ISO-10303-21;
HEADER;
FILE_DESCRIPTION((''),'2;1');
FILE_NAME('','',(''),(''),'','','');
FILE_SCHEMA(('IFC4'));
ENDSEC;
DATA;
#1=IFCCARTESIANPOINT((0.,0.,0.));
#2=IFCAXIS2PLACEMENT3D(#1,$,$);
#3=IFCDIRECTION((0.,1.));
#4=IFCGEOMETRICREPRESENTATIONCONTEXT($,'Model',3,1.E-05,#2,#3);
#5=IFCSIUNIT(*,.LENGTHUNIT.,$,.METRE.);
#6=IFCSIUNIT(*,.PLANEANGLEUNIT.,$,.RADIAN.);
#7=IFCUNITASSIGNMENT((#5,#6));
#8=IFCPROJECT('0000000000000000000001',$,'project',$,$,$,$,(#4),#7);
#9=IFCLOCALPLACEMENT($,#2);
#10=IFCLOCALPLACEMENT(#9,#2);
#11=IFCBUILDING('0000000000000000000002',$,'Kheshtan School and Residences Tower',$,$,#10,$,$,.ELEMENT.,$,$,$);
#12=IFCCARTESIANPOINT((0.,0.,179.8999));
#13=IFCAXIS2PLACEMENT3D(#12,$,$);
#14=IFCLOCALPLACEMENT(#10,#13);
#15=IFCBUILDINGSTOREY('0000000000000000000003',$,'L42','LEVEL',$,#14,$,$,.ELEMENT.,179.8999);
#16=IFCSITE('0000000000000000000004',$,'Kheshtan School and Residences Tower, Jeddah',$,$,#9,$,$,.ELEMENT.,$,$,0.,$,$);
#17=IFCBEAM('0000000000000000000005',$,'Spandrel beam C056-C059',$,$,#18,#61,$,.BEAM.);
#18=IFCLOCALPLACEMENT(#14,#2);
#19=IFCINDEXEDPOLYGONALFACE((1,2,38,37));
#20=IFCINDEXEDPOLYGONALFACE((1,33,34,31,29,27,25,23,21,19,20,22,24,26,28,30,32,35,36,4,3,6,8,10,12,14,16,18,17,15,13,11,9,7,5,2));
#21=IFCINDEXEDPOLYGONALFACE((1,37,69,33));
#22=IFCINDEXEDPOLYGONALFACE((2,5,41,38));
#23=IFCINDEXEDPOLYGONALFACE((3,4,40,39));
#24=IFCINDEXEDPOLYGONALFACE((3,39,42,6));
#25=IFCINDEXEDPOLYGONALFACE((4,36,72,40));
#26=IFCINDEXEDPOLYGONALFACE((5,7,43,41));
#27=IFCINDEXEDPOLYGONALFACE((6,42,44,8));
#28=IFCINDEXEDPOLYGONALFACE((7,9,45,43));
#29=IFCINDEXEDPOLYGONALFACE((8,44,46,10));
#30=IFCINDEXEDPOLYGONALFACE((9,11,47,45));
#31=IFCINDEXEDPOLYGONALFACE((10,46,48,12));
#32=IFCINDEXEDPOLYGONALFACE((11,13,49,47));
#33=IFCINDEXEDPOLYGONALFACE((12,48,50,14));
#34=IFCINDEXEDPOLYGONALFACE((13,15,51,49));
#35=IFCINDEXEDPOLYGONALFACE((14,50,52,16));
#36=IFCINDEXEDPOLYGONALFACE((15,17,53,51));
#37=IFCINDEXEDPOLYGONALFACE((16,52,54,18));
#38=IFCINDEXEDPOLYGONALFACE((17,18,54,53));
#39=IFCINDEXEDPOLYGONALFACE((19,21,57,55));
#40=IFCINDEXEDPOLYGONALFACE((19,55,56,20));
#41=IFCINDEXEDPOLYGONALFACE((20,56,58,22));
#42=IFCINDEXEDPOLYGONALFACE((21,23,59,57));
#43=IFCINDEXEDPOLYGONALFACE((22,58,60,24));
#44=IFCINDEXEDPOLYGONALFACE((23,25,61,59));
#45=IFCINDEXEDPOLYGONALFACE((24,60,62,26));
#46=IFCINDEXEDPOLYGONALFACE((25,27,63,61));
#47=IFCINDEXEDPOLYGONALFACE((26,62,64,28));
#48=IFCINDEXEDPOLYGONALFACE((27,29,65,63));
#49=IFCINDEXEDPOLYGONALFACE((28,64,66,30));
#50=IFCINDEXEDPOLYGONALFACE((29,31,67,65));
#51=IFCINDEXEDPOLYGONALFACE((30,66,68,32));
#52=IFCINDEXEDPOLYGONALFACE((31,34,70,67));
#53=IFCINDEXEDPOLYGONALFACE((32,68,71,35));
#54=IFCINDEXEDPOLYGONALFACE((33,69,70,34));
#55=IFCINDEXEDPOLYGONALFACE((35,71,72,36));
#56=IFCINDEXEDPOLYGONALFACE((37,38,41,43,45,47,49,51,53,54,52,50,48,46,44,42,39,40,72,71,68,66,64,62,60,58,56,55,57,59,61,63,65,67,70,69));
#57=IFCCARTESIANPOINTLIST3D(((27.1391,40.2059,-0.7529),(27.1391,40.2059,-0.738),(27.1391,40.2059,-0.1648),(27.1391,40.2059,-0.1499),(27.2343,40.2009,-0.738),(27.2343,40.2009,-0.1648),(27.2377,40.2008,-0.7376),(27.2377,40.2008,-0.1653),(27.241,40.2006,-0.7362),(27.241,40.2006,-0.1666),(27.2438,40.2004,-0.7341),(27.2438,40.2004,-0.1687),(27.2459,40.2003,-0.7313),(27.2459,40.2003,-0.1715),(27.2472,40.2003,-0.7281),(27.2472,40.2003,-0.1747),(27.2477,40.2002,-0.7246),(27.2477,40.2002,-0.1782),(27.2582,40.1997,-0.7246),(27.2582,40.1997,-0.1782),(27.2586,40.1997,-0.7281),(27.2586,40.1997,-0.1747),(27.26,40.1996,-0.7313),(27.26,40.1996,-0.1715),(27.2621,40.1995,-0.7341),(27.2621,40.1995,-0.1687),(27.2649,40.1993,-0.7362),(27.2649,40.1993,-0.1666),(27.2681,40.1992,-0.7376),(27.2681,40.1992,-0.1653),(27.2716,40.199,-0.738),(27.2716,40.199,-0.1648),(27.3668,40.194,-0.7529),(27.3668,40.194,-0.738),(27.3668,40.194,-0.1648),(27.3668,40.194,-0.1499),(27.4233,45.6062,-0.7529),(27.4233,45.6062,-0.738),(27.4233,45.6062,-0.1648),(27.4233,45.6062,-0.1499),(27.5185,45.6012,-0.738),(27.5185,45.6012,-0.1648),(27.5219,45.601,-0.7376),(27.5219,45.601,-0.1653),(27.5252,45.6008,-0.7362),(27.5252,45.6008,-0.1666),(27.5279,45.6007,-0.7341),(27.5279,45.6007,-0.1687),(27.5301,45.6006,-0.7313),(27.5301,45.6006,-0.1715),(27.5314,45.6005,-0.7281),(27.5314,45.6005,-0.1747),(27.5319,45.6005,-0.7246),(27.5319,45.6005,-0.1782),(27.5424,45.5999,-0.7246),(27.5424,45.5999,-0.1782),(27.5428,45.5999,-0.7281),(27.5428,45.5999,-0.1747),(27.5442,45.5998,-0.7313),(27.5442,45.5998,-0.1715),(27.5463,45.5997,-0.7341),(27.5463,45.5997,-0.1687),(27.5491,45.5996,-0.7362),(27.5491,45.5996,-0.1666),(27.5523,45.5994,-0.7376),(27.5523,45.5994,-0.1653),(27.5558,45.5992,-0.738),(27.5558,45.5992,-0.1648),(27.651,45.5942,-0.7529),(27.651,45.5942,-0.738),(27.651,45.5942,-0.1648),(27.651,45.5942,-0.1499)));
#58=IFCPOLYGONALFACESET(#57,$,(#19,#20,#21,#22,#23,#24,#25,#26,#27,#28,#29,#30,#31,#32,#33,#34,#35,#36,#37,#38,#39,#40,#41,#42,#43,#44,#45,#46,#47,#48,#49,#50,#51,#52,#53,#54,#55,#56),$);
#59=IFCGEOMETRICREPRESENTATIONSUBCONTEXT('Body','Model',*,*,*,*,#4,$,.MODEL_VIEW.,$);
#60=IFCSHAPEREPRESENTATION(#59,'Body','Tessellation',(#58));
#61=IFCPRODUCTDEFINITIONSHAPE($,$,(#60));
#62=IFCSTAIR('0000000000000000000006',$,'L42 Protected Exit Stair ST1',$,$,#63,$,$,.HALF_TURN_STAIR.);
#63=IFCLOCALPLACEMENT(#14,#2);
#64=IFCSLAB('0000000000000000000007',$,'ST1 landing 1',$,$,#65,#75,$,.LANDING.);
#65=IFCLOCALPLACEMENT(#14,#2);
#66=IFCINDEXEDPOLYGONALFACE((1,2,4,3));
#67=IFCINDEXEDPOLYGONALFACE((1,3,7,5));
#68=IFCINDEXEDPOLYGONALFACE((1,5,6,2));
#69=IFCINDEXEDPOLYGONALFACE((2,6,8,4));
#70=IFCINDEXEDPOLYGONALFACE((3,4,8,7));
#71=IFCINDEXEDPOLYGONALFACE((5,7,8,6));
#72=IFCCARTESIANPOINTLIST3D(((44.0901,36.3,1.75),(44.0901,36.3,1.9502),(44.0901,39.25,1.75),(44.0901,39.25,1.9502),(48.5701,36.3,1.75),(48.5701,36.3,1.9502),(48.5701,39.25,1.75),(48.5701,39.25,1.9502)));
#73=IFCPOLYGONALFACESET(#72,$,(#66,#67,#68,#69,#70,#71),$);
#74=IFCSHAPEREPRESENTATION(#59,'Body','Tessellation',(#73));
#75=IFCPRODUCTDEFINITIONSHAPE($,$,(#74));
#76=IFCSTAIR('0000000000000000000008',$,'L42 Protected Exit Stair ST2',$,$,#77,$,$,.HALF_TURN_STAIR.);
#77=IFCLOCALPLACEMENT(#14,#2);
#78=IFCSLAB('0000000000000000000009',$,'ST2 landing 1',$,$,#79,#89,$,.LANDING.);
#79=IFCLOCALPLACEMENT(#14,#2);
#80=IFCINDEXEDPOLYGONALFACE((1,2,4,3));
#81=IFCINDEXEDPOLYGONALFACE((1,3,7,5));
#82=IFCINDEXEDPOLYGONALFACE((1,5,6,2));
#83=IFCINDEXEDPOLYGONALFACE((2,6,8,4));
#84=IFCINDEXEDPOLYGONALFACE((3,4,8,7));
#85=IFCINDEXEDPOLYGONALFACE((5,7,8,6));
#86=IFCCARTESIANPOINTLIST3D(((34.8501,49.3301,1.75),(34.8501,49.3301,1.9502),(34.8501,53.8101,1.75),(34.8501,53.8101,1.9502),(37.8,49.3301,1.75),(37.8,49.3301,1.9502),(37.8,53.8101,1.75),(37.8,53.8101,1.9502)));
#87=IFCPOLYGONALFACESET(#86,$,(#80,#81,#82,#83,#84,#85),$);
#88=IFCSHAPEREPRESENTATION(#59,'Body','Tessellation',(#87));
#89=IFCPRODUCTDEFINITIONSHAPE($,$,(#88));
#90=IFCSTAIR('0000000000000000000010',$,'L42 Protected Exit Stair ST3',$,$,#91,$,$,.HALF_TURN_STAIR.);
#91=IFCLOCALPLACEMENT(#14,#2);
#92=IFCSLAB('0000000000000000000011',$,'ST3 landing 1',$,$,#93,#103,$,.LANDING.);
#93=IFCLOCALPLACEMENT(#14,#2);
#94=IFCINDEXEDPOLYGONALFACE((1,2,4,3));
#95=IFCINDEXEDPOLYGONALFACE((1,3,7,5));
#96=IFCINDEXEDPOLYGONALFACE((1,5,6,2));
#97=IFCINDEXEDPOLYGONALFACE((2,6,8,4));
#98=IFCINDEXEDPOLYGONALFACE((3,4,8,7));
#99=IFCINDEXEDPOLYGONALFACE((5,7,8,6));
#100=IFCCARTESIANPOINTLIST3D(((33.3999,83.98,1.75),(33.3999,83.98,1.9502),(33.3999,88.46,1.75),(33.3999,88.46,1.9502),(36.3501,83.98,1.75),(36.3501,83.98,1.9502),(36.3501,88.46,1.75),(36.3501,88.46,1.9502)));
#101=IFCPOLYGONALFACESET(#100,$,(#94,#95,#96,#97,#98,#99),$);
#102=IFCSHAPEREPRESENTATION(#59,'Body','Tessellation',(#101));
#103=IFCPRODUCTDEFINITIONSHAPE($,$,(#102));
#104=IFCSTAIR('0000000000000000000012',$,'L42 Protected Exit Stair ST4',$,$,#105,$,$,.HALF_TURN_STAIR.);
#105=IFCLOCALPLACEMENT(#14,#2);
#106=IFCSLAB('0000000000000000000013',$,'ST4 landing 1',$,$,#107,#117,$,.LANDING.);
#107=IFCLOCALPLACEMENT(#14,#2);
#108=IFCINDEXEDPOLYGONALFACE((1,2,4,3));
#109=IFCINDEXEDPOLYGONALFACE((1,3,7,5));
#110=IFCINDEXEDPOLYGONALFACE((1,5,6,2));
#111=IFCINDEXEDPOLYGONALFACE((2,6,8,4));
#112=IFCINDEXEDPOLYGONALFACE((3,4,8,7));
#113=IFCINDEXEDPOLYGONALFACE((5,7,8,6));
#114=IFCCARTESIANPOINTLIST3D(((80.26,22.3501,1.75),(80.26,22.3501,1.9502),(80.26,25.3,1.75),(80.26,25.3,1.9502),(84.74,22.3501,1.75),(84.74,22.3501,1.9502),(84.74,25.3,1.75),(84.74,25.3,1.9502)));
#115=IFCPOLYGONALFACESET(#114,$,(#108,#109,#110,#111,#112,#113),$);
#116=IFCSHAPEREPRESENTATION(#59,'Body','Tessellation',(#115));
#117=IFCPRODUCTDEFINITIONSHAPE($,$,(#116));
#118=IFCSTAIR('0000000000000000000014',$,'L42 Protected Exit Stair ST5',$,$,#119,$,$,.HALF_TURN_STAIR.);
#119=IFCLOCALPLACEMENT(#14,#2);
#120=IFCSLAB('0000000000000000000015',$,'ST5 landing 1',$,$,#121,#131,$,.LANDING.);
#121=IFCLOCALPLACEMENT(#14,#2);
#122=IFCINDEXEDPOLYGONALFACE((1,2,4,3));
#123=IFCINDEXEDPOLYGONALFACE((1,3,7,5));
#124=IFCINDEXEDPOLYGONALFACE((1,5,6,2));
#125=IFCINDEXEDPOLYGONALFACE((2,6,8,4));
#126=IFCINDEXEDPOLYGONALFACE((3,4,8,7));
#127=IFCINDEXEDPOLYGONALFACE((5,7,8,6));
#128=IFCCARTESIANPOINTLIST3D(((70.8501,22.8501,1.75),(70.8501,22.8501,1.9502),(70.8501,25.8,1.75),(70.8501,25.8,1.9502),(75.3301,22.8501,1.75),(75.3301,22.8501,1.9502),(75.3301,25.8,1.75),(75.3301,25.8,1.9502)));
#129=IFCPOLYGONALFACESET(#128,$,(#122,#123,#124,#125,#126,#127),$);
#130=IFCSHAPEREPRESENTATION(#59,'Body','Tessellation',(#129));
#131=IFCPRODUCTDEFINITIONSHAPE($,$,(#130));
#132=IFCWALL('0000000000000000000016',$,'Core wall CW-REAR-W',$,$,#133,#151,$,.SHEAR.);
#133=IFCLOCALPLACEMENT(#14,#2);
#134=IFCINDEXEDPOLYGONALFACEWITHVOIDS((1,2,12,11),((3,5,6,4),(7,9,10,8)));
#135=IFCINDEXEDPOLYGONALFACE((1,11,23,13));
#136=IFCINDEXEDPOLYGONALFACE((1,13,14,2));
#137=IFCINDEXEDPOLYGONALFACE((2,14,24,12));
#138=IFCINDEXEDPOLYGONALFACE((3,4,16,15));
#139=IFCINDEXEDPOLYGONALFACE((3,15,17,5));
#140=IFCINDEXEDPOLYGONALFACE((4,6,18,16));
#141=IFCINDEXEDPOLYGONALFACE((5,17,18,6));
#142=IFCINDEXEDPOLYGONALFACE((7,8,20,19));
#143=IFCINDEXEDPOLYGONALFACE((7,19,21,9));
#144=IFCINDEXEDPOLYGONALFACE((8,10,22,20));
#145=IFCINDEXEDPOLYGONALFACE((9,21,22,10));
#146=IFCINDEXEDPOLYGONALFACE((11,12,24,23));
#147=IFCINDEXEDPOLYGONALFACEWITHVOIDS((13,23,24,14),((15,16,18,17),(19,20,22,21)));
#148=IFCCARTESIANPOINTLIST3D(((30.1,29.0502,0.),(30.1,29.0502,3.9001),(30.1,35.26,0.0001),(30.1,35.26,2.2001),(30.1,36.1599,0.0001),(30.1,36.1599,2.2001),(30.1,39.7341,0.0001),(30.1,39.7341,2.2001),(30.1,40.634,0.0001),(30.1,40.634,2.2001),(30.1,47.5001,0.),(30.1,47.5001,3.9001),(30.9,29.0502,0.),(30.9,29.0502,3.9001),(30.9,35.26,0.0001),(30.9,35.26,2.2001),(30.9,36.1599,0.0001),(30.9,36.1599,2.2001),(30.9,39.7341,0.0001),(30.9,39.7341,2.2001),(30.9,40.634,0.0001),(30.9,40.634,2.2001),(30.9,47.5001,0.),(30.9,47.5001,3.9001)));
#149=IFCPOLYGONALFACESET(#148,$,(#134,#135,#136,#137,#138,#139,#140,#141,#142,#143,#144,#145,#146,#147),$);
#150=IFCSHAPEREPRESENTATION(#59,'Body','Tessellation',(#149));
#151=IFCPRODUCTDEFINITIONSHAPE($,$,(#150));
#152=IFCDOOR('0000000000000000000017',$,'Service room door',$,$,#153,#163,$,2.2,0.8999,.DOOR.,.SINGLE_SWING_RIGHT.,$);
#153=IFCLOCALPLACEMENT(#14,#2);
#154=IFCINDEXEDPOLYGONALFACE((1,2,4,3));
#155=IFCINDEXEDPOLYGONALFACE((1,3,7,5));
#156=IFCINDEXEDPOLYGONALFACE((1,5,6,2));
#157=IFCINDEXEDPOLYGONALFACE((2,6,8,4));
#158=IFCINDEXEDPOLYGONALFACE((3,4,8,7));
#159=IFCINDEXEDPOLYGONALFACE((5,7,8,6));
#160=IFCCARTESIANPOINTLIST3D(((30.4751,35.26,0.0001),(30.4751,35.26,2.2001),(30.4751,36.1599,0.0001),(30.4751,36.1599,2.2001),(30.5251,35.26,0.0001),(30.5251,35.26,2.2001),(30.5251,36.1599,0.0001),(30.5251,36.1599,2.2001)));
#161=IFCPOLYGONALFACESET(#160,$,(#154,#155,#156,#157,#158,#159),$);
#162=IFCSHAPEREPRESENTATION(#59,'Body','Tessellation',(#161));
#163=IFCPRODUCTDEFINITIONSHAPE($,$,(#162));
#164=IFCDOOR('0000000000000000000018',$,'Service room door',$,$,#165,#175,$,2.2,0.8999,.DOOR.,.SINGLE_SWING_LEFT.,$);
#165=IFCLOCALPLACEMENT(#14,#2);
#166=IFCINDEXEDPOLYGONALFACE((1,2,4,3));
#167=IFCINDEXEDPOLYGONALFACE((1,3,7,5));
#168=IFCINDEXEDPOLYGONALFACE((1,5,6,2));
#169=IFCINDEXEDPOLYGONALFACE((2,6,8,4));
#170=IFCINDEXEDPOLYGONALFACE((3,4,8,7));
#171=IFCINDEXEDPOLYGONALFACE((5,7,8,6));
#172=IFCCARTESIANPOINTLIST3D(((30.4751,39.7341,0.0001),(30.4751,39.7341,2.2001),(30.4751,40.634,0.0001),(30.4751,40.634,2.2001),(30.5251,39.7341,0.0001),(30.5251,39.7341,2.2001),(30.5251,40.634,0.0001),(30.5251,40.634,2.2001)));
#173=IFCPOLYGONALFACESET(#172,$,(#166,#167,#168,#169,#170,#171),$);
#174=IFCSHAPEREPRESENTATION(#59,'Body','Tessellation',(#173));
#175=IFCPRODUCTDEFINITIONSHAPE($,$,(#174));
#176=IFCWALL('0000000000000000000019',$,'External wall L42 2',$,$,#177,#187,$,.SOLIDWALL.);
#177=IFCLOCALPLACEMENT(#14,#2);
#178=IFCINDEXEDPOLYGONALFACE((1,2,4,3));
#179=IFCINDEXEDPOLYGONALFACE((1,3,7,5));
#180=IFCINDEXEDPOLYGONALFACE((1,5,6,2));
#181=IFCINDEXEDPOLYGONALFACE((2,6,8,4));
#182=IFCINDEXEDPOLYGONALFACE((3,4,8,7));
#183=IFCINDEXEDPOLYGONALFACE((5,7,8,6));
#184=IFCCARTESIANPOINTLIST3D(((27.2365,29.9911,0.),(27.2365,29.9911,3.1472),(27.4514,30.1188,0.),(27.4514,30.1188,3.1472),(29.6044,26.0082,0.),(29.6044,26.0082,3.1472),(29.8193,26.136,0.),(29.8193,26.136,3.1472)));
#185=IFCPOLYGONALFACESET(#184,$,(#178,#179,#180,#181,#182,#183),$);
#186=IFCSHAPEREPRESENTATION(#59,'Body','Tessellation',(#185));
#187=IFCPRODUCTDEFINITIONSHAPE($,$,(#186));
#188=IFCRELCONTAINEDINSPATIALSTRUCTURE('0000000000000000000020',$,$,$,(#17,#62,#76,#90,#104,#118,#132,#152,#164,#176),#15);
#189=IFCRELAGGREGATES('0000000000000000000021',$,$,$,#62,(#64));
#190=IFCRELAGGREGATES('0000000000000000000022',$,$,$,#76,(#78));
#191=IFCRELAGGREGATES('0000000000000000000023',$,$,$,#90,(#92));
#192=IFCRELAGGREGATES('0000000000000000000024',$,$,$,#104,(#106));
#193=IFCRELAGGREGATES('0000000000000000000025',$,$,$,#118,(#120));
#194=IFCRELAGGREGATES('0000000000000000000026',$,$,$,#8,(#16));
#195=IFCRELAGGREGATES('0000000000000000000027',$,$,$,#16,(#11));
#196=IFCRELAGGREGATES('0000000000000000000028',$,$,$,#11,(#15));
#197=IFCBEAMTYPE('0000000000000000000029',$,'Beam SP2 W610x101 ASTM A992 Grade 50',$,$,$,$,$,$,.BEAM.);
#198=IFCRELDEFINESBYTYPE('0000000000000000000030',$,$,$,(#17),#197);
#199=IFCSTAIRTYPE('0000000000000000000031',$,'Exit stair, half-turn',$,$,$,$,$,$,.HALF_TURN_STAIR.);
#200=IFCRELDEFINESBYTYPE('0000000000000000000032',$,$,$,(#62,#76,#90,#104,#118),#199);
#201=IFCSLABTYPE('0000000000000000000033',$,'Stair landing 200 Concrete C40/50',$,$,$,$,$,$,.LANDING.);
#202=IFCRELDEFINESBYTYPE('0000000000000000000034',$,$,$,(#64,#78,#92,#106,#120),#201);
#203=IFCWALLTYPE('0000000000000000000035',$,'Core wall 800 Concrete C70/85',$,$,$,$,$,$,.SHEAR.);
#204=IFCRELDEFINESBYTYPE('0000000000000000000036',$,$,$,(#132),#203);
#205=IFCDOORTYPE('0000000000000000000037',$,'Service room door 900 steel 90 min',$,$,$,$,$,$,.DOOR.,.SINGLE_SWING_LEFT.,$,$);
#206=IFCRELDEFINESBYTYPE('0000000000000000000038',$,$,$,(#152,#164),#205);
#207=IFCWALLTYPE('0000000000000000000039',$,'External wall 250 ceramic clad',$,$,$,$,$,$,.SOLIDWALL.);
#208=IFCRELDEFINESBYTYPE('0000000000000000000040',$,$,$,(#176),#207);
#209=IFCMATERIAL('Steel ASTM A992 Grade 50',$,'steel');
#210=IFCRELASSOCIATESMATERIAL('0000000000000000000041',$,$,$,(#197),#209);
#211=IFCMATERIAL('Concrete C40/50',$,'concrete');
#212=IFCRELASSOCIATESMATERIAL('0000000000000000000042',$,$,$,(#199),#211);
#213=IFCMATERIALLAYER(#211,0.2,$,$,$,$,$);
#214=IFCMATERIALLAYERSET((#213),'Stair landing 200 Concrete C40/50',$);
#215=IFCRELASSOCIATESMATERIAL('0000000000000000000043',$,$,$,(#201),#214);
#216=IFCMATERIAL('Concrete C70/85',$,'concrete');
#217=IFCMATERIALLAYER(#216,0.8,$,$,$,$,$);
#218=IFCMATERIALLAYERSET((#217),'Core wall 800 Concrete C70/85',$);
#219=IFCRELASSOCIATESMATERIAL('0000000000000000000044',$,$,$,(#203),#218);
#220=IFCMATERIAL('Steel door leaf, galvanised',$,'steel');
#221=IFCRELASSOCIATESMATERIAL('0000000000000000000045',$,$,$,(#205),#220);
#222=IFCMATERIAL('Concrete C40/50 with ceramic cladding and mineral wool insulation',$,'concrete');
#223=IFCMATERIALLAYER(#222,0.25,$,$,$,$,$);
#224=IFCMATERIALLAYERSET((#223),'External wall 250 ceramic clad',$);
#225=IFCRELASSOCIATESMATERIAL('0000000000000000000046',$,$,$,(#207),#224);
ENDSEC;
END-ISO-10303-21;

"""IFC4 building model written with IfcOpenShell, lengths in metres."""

from ifc_helpers import new_model, si_unit, direction, frame, frame_2d, origin, origin_2d, place, context, subcontext, project, spatial, polyline, rectangle, i_section, outline, extrude, source, transform, mapped, material, layer, layer_set, material_profile, profile_set, type_object, element, fill, aggregate, save


model = new_model("IFC4")

# Units and contexts
model_context = context("Model", 3, precision=1e-05, world=origin(), true_north=direction((0.0, 1.0)))
body_context = subcontext(model_context, "Body", "Model", "MODEL_VIEW")
ifc_project = project(units=[si_unit("LENGTHUNIT", "METRE"), si_unit("PLANEANGLEUNIT", "RADIAN")], contexts=[model_context])

# Site, building, storey
site_placement = place(None, origin())
site = spatial("IfcSite", under=ifc_project, at=site_placement, Name="Kheshtan School and Residences Tower, Jeddah", CompositionType="ELEMENT", RefElevation=0.0)
building_placement = place(site_placement, origin())
building = spatial("IfcBuilding", under=site, at=building_placement, Name="Kheshtan School and Residences Tower", CompositionType="ELEMENT")
storey_placement = place(building_placement, frame((0.0, 0.0, 179.8999)))
storey = spatial("IfcBuildingStorey", under=building, at=storey_placement, Name="L42", Description="LEVEL", CompositionType="ELEMENT", Elevation=179.8999)

# Shared definitions
ifc_material_1 = material(Name="Steel ASTM A992 Grade 50", Category="steel")

# Beam
ifc_material_profile_1 = material_profile(ifc_material_1, i_section(OverallWidth=0.228, OverallDepth=0.603, WebThickness=0.0105, FlangeThickness=0.0149, FilletRadius=0.0134, at=origin_2d()), Name="W610x101")
ifc_profile_set_1 = profile_set([ifc_material_profile_1], Name="Steel ASTM A992 Grade 50")
beam_type_1 = type_object("IfcBeamType", Name="Beam SP2 W610x101 ASTM A992 Grade 50", PredefinedType="BEAM", material=ifc_profile_set_1)
beam_1_placement = place(storey_placement, frame((27.2529, 40.2, -0.4514), z_axis=(0.052552, 0.998618, 0.0), x_axis=(-0.998618, 0.052552, 0.0)))
element("IfcBeam", 1, at=beam_1_placement, inside=storey, type_object=beam_type_1, Name="Spandrel beam C056-C059", PredefinedType="BEAM", context=body_context, shape_type="SweptSolid", body=[
    extrude(i_section(OverallWidth=0.228, OverallDepth=0.603, WebThickness=0.0105, FlangeThickness=0.0149, FilletRadius=0.0134, at=origin_2d()), origin(), (0.0, 0.0, 1.0), 5.4077),
])

# Shared definitions
ifc_material_2 = material(Name="Concrete C40/50", Category="concrete")

# Stairs, slabs
stair_type = type_object("IfcStairType", Name="Exit stair, half-turn", PredefinedType="HALF_TURN_STAIR", material=ifc_material_2)
stair_1_placement = place(storey_placement, origin())
stair_1 = element("IfcStair", 2, at=stair_1_placement, inside=storey, type_object=stair_type, Name="L42 Protected Exit Stair ST1", PredefinedType="HALF_TURN_STAIR")
ifc_layer_1 = layer(ifc_material_2, 0.2)
ifc_layer_set_1 = layer_set([ifc_layer_1], Name="Stair landing 200 Concrete C40/50")
slab_type_1 = type_object("IfcSlabType", Name="Stair landing 200 Concrete C40/50", PredefinedType="LANDING", material=ifc_layer_set_1)
slab_1_placement = place(storey_placement, frame((0.0, 0.0, 1.75)))
slab_1 = element("IfcSlab", 3, at=slab_1_placement, type_object=slab_type_1, Name="ST1 landing 1", PredefinedType="LANDING", context=body_context, shape_type="SweptSolid", body=[
    extrude(outline(polyline([(48.5701, 39.25), (44.0901, 39.25), (44.0901, 36.3), (48.5701, 36.3), (48.5701, 39.25)])), origin(), (0.0, 0.0, 1.0), 0.2002),
])
aggregate(stair_1, [slab_1])
stair_2_placement = place(storey_placement, origin())
stair_2 = element("IfcStair", 4, at=stair_2_placement, inside=storey, type_object=stair_type, Name="L42 Protected Exit Stair ST2", PredefinedType="HALF_TURN_STAIR")
slab_2_placement = place(storey_placement, frame((0.0, 0.0, 1.75)))
slab_2 = element("IfcSlab", 5, at=slab_2_placement, type_object=slab_type_1, Name="ST2 landing 1", PredefinedType="LANDING", context=body_context, shape_type="SweptSolid", body=[
    extrude(outline(polyline([(37.8, 49.3301), (37.8, 53.8101), (34.8501, 53.8101), (34.8501, 49.3301), (37.8, 49.3301)])), origin(), (0.0, 0.0, 1.0), 0.2002),
])
aggregate(stair_2, [slab_2])
stair_3_placement = place(storey_placement, origin())
stair_3 = element("IfcStair", 6, at=stair_3_placement, inside=storey, type_object=stair_type, Name="L42 Protected Exit Stair ST3", PredefinedType="HALF_TURN_STAIR")
slab_3_placement = place(storey_placement, frame((0.0, 0.0, 1.75)))
slab_3 = element("IfcSlab", 7, at=slab_3_placement, type_object=slab_type_1, Name="ST3 landing 1", PredefinedType="LANDING", context=body_context, shape_type="SweptSolid", body=[
    extrude(outline(polyline([(36.3501, 83.98), (36.3501, 88.46), (33.3999, 88.46), (33.3999, 83.98), (36.3501, 83.98)])), origin(), (0.0, 0.0, 1.0), 0.2002),
])
aggregate(stair_3, [slab_3])
stair_4_placement = place(storey_placement, origin())
stair_4 = element("IfcStair", 8, at=stair_4_placement, inside=storey, type_object=stair_type, Name="L42 Protected Exit Stair ST4", PredefinedType="HALF_TURN_STAIR")
slab_4_placement = place(storey_placement, frame((0.0, 0.0, 1.75)))
slab_4 = element("IfcSlab", 9, at=slab_4_placement, type_object=slab_type_1, Name="ST4 landing 1", PredefinedType="LANDING", context=body_context, shape_type="SweptSolid", body=[
    extrude(outline(polyline([(84.74, 25.3), (80.26, 25.3), (80.26, 22.3501), (84.74, 22.3501), (84.74, 25.3)])), origin(), (0.0, 0.0, 1.0), 0.2002),
])
aggregate(stair_4, [slab_4])
stair_5_placement = place(storey_placement, origin())
stair_5 = element("IfcStair", 10, at=stair_5_placement, inside=storey, type_object=stair_type, Name="L42 Protected Exit Stair ST5", PredefinedType="HALF_TURN_STAIR")
slab_5_placement = place(storey_placement, frame((0.0, 0.0, 1.75)))
slab_5 = element("IfcSlab", 11, at=slab_5_placement, type_object=slab_type_1, Name="ST5 landing 1", PredefinedType="LANDING", context=body_context, shape_type="SweptSolid", body=[
    extrude(outline(polyline([(75.3301, 25.8), (70.8501, 25.8), (70.8501, 22.8501), (75.3301, 22.8501), (75.3301, 25.8)])), origin(), (0.0, 0.0, 1.0), 0.2002),
])
aggregate(stair_5, [slab_5])

# Wall, openings, doors
ifc_material_3 = material(Name="Concrete C70/85", Category="concrete")
ifc_layer_2 = layer(ifc_material_3, 0.8)
ifc_layer_set_2 = layer_set([ifc_layer_2], Name="Core wall 800 Concrete C70/85")
wall_type_1 = type_object("IfcWallType", Name="Core wall 800 Concrete C70/85", PredefinedType="SHEAR", material=ifc_layer_set_2)
wall_1_placement = place(storey_placement, frame((30.5, 29.05, 0.0), z_axis=(0.0, 0.0, 1.0), x_axis=(0.0, 1.0, 0.0)))
wall_1 = element("IfcWall", 12, at=wall_1_placement, inside=storey, type_object=wall_type_1, Name="Core wall CW-REAR-W", PredefinedType="SHEAR", context=body_context, shape_type="SweptSolid", body=[
    extrude(rectangle(XDim=18.45, YDim=0.8, at=frame_2d((9.2251, 0.0))), origin(), (0.0, 0.0, 1.0), 3.9001),
])
opening_1_placement = place(wall_1_placement, frame((6.21, 0.0, 0.0)))
opening_1 = element("IfcOpeningElement", 13, at=opening_1_placement, cuts=wall_1, PredefinedType="OPENING", context=body_context, shape_type="SweptSolid", body=[
    extrude(rectangle(XDim=0.8999, YDim=2.2, at=frame_2d((0.45, 1.1001))), frame((0.0, 0.4102, 0.0), z_axis=(0.0, -1.0, 0.0), x_axis=(1.0, 0.0, 0.0)), (0.0, 0.0, 1.0), 0.8201),
])
opening_2_placement = place(wall_1_placement, frame((10.6841, 0.0, 0.0)))
opening_2 = element("IfcOpeningElement", 14, at=opening_2_placement, cuts=wall_1, PredefinedType="OPENING", context=body_context, shape_type="SweptSolid", body=[
    extrude(rectangle(XDim=0.8999, YDim=2.2, at=frame_2d((0.45, 1.1001))), frame((0.0, 0.4102, 0.0), z_axis=(0.0, -1.0, 0.0), x_axis=(1.0, 0.0, 0.0)), (0.0, 0.0, 1.0), 0.8201),
])
ifc_material_4 = material(Name="Steel door leaf, galvanised", Category="steel")
door_type = type_object("IfcDoorType", Name="Service room door 900 steel 90 min", OperationType="SINGLE_SWING_LEFT", PredefinedType="DOOR", material=ifc_material_4)
shared_shape = source(origin(), body_context, "Body", "SweptSolid", [
    extrude(rectangle(XDim=0.8999, YDim=2.2, at=frame_2d((0.45, 1.1001))), frame((0.0, 0.0249, 0.0), z_axis=(0.0, -1.0, 0.0), x_axis=(1.0, 0.0, 0.0)), (0.0, 0.0, 1.0), 0.05),
])
door_1_placement = place(opening_1_placement, origin())
door_1 = element("IfcDoor", 15, at=door_1_placement, inside=storey, type_object=door_type, Name="Service room door", OperationType="SINGLE_SWING_RIGHT", OverallHeight=2.2, OverallWidth=0.8999, PredefinedType="DOOR", context=body_context, shape_type="MappedRepresentation", body=[
    mapped(shared_shape, transform((0.0, 0.0, 0.0), x_axis=(1.0, 0.0, 0.0), y_axis=(0.0, 1.0, 0.0), z_axis=(0.0, 0.0, 1.0), scale=1.0)),
])
fill(opening_1, door_1)
door_2_placement = place(opening_2_placement, origin())
door_2 = element("IfcDoor", 16, at=door_2_placement, inside=storey, type_object=door_type, Name="Service room door", OperationType="SINGLE_SWING_LEFT", OverallHeight=2.2, OverallWidth=0.8999, PredefinedType="DOOR", context=body_context, shape_type="MappedRepresentation", body=[
    mapped(shared_shape, transform((0.0, 0.0, 0.0), x_axis=(1.0, 0.0, 0.0), y_axis=(0.0, 1.0, 0.0), z_axis=(0.0, 0.0, 1.0), scale=1.0)),
])
fill(opening_2, door_2)

# Wall
ifc_material_5 = material(Name="Concrete C40/50 with ceramic cladding and mineral wool insulation", Category="concrete")
ifc_layer_3 = layer(ifc_material_5, 0.25)
ifc_layer_set_3 = layer_set([ifc_layer_3], Name="External wall 250 ceramic clad")
wall_type_2 = type_object("IfcWallType", Name="External wall 250 ceramic clad", PredefinedType="SOLIDWALL", material=ifc_layer_set_3)
wall_2_placement = place(storey_placement, frame((29.7119, 26.072, 0.0), z_axis=(0.0, 0.0, 1.0), x_axis=(-0.511028, 0.859564, 0.0)))
element("IfcWall", 17, at=wall_2_placement, inside=storey, type_object=wall_type_2, Name="External wall L42 2", PredefinedType="SOLIDWALL", context=body_context, shape_type="SweptSolid", body=[
    extrude(rectangle(XDim=4.6335, YDim=0.25, at=frame_2d((2.3169, 0.0))), origin(), (0.0, 0.0, 1.0), 3.1472),
])

save(model, "model.ifc")
